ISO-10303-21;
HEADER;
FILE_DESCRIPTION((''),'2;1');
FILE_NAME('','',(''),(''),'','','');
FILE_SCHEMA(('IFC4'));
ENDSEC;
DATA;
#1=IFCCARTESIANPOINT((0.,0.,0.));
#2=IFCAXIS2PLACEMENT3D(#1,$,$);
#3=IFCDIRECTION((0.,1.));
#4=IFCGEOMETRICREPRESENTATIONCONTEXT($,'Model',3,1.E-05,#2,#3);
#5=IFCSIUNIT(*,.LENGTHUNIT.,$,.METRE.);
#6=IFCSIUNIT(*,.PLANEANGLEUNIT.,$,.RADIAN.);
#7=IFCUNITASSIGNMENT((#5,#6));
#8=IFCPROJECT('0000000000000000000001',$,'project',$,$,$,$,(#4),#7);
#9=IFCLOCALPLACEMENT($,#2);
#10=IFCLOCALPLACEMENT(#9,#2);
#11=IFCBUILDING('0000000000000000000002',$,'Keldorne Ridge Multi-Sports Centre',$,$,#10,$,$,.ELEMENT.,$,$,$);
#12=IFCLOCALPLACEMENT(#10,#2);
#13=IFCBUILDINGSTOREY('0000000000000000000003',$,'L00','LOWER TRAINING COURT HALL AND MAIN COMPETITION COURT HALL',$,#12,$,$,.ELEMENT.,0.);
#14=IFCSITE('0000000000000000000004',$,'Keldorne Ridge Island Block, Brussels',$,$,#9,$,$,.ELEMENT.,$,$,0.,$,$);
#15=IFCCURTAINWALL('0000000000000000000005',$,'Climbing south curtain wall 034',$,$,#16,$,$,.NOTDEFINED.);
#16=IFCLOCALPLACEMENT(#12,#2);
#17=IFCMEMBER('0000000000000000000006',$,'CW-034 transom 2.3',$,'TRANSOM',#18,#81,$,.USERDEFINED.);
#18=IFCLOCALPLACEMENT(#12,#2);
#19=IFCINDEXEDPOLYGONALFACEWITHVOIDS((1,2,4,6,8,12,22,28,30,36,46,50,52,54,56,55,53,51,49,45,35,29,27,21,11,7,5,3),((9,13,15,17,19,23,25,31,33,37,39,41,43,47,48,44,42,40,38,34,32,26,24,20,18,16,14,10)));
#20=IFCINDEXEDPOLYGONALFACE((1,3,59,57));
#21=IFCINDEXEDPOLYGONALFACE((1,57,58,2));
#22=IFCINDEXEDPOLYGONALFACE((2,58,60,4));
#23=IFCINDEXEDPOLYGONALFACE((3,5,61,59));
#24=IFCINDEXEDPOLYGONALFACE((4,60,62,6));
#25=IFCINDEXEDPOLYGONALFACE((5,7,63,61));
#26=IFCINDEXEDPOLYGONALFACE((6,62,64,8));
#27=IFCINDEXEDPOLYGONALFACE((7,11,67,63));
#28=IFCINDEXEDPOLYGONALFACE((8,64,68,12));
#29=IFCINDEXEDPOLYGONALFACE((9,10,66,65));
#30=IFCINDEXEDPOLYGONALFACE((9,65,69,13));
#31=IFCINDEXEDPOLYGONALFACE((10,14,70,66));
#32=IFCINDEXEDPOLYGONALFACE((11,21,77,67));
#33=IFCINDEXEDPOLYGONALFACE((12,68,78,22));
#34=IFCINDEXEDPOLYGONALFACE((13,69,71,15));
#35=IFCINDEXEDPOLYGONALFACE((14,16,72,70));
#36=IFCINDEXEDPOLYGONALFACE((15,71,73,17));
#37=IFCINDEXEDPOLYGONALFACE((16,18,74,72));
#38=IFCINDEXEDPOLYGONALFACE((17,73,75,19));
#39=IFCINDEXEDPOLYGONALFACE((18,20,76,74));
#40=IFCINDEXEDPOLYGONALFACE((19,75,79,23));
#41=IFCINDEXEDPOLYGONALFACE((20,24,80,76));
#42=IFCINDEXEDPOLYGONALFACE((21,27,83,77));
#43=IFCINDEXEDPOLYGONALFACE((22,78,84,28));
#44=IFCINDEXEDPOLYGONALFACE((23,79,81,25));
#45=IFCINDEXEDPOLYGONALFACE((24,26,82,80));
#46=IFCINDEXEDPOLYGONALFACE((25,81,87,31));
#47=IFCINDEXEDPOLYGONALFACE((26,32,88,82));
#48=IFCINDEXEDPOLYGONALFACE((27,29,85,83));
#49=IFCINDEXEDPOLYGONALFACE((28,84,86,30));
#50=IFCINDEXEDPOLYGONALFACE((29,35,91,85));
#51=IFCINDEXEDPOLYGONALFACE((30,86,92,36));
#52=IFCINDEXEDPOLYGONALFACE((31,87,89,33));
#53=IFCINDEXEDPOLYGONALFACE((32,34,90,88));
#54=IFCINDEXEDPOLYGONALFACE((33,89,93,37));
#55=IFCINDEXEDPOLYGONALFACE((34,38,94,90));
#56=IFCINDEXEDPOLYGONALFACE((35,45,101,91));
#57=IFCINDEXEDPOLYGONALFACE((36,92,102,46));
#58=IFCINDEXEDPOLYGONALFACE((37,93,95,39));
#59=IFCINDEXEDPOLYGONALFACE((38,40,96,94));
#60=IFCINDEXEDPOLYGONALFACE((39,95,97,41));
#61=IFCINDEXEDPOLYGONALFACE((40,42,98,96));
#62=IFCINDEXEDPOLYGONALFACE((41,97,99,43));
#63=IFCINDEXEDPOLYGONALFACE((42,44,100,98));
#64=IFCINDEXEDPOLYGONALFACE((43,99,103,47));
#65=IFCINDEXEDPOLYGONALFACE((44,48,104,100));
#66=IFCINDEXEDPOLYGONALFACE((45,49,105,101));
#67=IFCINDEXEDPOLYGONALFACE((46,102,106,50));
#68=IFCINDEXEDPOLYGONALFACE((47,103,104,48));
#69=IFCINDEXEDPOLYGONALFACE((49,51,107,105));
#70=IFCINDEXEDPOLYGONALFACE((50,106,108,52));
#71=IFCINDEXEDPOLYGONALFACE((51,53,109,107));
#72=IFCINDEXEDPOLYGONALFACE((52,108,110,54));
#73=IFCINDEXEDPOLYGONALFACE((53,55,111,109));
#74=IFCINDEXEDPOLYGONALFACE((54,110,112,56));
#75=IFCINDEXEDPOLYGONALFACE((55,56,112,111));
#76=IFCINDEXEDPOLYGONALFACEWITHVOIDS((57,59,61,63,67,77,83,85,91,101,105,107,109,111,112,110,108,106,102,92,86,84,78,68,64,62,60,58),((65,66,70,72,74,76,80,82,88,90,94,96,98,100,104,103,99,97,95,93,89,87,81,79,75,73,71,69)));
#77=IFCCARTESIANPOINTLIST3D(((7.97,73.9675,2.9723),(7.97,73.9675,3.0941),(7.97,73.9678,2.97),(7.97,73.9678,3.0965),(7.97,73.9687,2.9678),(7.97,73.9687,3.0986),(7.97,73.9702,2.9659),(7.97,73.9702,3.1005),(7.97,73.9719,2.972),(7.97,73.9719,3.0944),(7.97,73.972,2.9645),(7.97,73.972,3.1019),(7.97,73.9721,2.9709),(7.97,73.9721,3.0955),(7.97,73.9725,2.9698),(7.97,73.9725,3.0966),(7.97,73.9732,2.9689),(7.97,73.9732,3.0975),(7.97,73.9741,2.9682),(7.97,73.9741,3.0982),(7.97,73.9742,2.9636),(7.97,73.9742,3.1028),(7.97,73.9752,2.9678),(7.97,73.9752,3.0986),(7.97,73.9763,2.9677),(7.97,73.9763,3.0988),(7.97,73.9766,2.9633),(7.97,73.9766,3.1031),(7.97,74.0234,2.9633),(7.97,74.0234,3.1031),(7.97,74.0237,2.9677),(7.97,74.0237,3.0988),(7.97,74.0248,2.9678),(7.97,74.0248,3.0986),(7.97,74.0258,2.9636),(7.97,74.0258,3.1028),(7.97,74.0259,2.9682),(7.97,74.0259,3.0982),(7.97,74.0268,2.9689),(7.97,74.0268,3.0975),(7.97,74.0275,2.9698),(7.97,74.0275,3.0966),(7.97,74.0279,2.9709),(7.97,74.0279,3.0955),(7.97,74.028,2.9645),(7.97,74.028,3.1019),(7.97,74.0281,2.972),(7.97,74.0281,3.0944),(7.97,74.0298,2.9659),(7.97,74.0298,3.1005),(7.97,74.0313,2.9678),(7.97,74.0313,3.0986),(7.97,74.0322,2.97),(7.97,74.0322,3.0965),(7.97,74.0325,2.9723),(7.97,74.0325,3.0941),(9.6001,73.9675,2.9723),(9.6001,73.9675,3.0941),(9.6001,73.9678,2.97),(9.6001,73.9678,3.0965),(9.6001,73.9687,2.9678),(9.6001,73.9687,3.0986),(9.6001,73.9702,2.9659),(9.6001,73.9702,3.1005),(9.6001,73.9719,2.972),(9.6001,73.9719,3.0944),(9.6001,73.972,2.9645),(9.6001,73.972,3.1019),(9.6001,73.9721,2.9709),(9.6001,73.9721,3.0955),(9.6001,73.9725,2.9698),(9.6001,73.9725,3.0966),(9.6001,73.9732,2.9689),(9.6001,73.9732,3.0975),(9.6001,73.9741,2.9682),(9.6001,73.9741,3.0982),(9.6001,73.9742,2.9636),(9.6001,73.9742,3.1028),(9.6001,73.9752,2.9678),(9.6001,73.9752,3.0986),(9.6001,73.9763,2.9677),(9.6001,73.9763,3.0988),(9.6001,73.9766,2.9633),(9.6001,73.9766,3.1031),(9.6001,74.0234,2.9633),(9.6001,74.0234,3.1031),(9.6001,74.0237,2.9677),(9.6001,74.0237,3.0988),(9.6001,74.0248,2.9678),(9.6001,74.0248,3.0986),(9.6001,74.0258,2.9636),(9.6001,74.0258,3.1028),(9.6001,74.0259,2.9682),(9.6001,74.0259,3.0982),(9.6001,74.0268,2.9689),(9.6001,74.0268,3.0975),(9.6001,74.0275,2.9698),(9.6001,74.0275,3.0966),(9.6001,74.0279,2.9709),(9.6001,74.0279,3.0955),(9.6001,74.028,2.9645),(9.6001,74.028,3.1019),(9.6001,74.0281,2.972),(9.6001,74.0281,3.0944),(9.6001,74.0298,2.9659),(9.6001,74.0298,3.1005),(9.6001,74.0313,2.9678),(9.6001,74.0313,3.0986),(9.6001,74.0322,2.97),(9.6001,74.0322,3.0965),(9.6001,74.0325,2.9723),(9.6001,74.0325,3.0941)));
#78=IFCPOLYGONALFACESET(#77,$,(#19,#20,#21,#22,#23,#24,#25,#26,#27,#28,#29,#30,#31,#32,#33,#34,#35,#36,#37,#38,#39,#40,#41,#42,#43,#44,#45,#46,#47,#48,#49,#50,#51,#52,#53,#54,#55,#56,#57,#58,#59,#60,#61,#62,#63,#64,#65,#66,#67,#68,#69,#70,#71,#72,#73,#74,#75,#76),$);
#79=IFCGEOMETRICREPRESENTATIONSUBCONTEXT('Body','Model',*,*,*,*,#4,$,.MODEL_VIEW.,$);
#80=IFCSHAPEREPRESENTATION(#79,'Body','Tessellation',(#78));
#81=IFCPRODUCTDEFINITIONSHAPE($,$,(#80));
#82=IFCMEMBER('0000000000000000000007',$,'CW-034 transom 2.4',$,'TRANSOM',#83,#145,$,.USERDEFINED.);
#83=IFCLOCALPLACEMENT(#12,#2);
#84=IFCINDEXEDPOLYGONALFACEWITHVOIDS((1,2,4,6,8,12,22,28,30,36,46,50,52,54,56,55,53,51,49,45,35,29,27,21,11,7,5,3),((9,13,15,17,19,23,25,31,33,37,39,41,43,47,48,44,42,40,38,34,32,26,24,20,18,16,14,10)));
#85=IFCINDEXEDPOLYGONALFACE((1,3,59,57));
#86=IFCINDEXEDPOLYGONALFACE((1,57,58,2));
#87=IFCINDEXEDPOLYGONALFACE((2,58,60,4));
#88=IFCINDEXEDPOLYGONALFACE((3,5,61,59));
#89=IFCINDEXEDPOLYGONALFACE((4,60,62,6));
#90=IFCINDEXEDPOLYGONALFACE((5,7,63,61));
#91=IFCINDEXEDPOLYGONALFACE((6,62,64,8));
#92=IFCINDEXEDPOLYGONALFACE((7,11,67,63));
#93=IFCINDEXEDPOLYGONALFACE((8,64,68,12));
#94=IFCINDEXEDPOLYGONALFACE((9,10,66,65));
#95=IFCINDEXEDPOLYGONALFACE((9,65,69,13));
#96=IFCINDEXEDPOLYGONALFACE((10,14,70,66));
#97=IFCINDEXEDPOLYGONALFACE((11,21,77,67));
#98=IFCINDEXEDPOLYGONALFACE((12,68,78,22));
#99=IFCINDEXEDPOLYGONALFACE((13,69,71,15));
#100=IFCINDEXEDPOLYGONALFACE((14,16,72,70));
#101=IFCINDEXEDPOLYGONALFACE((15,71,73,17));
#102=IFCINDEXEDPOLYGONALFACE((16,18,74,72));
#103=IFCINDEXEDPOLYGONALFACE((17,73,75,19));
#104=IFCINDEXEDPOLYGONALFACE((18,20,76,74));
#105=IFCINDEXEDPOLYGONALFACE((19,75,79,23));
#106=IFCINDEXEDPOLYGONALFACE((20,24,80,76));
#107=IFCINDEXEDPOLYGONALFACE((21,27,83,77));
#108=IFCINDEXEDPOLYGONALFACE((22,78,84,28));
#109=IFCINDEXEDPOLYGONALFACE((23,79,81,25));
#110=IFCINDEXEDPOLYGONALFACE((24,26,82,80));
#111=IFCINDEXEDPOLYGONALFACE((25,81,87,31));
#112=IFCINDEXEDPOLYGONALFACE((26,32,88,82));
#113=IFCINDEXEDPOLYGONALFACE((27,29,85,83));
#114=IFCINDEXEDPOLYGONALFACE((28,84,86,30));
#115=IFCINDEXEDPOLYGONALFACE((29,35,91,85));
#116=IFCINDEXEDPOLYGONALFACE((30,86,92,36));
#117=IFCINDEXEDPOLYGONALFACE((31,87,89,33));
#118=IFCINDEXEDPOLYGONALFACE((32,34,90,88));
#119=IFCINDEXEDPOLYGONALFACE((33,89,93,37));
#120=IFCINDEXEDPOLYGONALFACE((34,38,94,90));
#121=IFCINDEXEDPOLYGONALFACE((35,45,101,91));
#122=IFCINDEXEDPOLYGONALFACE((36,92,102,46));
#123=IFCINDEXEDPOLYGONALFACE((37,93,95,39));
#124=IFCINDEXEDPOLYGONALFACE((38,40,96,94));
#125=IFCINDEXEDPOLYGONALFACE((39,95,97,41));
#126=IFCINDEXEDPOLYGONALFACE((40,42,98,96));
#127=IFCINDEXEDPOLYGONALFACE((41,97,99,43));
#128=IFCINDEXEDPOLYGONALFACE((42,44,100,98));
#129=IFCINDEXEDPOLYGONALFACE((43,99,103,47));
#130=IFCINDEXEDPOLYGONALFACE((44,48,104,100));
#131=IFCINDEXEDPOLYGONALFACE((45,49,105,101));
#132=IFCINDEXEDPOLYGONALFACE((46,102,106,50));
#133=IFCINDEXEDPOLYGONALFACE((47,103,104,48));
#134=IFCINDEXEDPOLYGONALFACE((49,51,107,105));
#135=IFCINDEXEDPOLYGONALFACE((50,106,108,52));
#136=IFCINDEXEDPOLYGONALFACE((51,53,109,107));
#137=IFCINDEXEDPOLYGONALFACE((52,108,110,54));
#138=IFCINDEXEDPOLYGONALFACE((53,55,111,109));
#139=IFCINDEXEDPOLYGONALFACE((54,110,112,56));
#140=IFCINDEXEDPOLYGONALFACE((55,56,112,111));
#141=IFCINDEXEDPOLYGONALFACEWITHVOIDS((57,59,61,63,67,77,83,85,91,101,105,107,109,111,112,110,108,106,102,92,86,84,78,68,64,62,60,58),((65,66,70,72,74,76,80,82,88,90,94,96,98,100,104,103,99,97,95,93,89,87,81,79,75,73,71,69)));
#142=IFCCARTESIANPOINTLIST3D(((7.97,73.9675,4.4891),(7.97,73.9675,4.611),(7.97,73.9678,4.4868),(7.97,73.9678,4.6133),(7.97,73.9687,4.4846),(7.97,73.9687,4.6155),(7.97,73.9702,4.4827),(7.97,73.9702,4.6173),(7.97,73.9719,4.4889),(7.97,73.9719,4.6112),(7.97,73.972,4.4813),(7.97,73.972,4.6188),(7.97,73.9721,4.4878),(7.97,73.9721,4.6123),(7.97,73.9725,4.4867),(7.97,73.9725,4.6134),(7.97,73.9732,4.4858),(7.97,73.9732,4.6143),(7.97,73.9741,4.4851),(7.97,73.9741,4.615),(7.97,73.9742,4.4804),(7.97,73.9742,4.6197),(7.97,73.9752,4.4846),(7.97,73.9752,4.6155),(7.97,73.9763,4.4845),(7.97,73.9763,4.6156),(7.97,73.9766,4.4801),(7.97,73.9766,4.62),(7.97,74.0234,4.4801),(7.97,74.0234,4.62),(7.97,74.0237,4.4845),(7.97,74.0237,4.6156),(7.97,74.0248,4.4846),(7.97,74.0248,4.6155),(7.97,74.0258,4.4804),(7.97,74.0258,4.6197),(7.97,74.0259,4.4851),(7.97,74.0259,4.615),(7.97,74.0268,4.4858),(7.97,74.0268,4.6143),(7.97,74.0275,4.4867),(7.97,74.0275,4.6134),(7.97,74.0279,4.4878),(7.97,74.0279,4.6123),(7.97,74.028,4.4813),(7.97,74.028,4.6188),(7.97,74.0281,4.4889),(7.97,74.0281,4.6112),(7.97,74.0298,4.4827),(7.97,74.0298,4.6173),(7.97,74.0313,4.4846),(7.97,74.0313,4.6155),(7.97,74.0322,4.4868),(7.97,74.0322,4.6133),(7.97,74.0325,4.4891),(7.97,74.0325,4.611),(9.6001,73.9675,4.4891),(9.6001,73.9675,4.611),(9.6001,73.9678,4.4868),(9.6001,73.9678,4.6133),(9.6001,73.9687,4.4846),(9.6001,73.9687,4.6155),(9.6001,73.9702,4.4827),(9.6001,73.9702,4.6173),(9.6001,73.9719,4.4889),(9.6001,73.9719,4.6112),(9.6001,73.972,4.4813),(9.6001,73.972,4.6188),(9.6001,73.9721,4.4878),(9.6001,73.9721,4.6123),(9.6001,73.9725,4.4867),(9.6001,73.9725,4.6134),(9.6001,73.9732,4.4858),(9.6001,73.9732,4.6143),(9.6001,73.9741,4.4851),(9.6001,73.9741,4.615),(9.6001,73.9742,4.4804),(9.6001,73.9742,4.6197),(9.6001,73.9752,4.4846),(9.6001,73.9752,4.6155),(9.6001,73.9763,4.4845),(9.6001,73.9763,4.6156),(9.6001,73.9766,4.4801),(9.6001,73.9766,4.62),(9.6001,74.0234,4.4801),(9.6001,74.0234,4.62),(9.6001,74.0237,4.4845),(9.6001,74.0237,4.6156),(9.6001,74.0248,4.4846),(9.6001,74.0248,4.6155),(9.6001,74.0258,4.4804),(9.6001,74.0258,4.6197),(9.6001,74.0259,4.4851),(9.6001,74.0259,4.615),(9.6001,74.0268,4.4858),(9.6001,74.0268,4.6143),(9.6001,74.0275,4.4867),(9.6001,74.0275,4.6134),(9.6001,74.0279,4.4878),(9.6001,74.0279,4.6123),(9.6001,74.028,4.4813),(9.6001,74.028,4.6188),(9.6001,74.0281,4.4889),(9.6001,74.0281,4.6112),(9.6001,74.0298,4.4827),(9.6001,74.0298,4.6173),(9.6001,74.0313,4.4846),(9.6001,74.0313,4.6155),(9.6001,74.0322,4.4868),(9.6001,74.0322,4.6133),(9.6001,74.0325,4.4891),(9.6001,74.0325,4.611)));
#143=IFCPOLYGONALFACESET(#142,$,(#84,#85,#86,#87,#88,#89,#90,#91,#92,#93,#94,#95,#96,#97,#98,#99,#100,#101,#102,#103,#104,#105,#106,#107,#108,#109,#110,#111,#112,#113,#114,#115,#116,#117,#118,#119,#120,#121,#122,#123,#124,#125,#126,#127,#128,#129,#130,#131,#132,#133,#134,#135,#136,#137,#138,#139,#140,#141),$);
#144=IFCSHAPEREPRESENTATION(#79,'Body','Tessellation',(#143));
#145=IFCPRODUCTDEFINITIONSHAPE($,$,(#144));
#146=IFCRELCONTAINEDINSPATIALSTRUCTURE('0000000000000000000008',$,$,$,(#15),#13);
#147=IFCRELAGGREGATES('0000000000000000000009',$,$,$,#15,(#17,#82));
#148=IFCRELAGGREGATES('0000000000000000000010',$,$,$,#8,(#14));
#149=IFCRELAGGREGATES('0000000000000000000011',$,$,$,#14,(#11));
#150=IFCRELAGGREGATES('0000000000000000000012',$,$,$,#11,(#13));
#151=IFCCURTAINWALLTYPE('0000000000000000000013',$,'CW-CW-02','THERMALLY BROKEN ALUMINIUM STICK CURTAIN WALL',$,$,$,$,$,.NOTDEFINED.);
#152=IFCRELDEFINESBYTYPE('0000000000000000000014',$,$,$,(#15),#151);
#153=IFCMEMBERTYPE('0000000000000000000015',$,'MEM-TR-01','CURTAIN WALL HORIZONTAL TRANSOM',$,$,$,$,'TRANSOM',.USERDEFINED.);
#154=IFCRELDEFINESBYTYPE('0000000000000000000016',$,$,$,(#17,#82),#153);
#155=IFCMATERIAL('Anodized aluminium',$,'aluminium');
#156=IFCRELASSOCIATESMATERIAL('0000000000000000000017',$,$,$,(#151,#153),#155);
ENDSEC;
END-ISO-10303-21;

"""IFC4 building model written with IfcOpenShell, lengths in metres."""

from ifc_helpers import new_model, si_unit, direction, frame, origin, origin_2d, place, context, subcontext, project, spatial, hollow_rectangle, extrude, material, material_profile, profile_set, type_object, element, aggregate, save


model = new_model("IFC4")

# Units and contexts
model_context = context("Model", 3, precision=1e-05, world=origin(), true_north=direction((0.0, 1.0)))
body_context = subcontext(model_context, "Body", "Model", "MODEL_VIEW")
ifc_project = project(units=[si_unit("LENGTHUNIT", "METRE"), si_unit("PLANEANGLEUNIT", "RADIAN")], contexts=[model_context])

# Site, building, storey
site_placement = place(None, origin())
site = spatial("IfcSite", under=ifc_project, at=site_placement, Name="Keldorne Ridge Island Block, Brussels", CompositionType="ELEMENT", RefElevation=0.0)
building_placement = place(site_placement, origin())
building = spatial("IfcBuilding", under=site, at=building_placement, Name="Keldorne Ridge Multi-Sports Centre", CompositionType="ELEMENT")
storey_placement = place(building_placement, origin())
storey = spatial("IfcBuildingStorey", under=building, at=storey_placement, Name="L00", Description="LOWER TRAINING COURT HALL AND MAIN COMPETITION COURT HALL", CompositionType="ELEMENT", Elevation=0.0)

# Curtain wall, members
ifc_material_1 = material(Name="Anodized aluminium", Category="aluminium")
curtain_wall_type = type_object("IfcCurtainWallType", Name="CW-CW-02", Description="THERMALLY BROKEN ALUMINIUM STICK CURTAIN WALL", PredefinedType="NOTDEFINED", material=ifc_material_1)
curtain_wall_placement = place(storey_placement, origin())
curtain_wall = element("IfcCurtainWall", 1, at=curtain_wall_placement, inside=storey, type_object=curtain_wall_type, Name="Climbing south curtain wall 034", PredefinedType="NOTDEFINED")
ifc_material_profile_1 = material_profile(ifc_material_1, hollow_rectangle(XDim=0.0649, YDim=0.1399, WallThickness=0.0044, InnerFilletRadius=0.0044, OuterFilletRadius=0.009, at=origin_2d()), Name="ALU TRANSOM 140x65x4.5")
ifc_profile_set_1 = profile_set([ifc_material_profile_1], Name="Anodized aluminium")
member_type_1 = type_object("IfcMemberType", Name="MEM-TR-01", Description="CURTAIN WALL HORIZONTAL TRANSOM", ElementType="TRANSOM", PredefinedType="USERDEFINED", material=ifc_profile_set_1)
member_1_placement = place(storey_placement, frame((7.97, 74.0, 3.0332), z_axis=(1.0, 0.0, 0.0), x_axis=(0.0, 1.0, 0.0)))
member_1 = element("IfcMember", 2, at=member_1_placement, type_object=member_type_1, Name="CW-034 transom 2.3", ObjectType="TRANSOM", PredefinedType="USERDEFINED", context=body_context, shape_type="SweptSolid", body=[
    extrude(hollow_rectangle(XDim=0.0649, YDim=0.1399, WallThickness=0.0044, InnerFilletRadius=0.0044, OuterFilletRadius=0.009, at=origin_2d()), origin(), (0.0, 0.0, 1.0), 1.6301),
])
member_2_placement = place(storey_placement, frame((7.97, 74.0, 4.55), z_axis=(1.0, 0.0, 0.0), x_axis=(0.0, 1.0, 0.0)))
member_2 = element("IfcMember", 3, at=member_2_placement, type_object=member_type_1, Name="CW-034 transom 2.4", ObjectType="TRANSOM", PredefinedType="USERDEFINED", context=body_context, shape_type="SweptSolid", body=[
    extrude(hollow_rectangle(XDim=0.0649, YDim=0.1399, WallThickness=0.0044, InnerFilletRadius=0.0044, OuterFilletRadius=0.009, at=origin_2d()), origin(), (0.0, 0.0, 1.0), 1.6301),
])
aggregate(curtain_wall, [member_1, member_2])

save(model, "model.ifc")
